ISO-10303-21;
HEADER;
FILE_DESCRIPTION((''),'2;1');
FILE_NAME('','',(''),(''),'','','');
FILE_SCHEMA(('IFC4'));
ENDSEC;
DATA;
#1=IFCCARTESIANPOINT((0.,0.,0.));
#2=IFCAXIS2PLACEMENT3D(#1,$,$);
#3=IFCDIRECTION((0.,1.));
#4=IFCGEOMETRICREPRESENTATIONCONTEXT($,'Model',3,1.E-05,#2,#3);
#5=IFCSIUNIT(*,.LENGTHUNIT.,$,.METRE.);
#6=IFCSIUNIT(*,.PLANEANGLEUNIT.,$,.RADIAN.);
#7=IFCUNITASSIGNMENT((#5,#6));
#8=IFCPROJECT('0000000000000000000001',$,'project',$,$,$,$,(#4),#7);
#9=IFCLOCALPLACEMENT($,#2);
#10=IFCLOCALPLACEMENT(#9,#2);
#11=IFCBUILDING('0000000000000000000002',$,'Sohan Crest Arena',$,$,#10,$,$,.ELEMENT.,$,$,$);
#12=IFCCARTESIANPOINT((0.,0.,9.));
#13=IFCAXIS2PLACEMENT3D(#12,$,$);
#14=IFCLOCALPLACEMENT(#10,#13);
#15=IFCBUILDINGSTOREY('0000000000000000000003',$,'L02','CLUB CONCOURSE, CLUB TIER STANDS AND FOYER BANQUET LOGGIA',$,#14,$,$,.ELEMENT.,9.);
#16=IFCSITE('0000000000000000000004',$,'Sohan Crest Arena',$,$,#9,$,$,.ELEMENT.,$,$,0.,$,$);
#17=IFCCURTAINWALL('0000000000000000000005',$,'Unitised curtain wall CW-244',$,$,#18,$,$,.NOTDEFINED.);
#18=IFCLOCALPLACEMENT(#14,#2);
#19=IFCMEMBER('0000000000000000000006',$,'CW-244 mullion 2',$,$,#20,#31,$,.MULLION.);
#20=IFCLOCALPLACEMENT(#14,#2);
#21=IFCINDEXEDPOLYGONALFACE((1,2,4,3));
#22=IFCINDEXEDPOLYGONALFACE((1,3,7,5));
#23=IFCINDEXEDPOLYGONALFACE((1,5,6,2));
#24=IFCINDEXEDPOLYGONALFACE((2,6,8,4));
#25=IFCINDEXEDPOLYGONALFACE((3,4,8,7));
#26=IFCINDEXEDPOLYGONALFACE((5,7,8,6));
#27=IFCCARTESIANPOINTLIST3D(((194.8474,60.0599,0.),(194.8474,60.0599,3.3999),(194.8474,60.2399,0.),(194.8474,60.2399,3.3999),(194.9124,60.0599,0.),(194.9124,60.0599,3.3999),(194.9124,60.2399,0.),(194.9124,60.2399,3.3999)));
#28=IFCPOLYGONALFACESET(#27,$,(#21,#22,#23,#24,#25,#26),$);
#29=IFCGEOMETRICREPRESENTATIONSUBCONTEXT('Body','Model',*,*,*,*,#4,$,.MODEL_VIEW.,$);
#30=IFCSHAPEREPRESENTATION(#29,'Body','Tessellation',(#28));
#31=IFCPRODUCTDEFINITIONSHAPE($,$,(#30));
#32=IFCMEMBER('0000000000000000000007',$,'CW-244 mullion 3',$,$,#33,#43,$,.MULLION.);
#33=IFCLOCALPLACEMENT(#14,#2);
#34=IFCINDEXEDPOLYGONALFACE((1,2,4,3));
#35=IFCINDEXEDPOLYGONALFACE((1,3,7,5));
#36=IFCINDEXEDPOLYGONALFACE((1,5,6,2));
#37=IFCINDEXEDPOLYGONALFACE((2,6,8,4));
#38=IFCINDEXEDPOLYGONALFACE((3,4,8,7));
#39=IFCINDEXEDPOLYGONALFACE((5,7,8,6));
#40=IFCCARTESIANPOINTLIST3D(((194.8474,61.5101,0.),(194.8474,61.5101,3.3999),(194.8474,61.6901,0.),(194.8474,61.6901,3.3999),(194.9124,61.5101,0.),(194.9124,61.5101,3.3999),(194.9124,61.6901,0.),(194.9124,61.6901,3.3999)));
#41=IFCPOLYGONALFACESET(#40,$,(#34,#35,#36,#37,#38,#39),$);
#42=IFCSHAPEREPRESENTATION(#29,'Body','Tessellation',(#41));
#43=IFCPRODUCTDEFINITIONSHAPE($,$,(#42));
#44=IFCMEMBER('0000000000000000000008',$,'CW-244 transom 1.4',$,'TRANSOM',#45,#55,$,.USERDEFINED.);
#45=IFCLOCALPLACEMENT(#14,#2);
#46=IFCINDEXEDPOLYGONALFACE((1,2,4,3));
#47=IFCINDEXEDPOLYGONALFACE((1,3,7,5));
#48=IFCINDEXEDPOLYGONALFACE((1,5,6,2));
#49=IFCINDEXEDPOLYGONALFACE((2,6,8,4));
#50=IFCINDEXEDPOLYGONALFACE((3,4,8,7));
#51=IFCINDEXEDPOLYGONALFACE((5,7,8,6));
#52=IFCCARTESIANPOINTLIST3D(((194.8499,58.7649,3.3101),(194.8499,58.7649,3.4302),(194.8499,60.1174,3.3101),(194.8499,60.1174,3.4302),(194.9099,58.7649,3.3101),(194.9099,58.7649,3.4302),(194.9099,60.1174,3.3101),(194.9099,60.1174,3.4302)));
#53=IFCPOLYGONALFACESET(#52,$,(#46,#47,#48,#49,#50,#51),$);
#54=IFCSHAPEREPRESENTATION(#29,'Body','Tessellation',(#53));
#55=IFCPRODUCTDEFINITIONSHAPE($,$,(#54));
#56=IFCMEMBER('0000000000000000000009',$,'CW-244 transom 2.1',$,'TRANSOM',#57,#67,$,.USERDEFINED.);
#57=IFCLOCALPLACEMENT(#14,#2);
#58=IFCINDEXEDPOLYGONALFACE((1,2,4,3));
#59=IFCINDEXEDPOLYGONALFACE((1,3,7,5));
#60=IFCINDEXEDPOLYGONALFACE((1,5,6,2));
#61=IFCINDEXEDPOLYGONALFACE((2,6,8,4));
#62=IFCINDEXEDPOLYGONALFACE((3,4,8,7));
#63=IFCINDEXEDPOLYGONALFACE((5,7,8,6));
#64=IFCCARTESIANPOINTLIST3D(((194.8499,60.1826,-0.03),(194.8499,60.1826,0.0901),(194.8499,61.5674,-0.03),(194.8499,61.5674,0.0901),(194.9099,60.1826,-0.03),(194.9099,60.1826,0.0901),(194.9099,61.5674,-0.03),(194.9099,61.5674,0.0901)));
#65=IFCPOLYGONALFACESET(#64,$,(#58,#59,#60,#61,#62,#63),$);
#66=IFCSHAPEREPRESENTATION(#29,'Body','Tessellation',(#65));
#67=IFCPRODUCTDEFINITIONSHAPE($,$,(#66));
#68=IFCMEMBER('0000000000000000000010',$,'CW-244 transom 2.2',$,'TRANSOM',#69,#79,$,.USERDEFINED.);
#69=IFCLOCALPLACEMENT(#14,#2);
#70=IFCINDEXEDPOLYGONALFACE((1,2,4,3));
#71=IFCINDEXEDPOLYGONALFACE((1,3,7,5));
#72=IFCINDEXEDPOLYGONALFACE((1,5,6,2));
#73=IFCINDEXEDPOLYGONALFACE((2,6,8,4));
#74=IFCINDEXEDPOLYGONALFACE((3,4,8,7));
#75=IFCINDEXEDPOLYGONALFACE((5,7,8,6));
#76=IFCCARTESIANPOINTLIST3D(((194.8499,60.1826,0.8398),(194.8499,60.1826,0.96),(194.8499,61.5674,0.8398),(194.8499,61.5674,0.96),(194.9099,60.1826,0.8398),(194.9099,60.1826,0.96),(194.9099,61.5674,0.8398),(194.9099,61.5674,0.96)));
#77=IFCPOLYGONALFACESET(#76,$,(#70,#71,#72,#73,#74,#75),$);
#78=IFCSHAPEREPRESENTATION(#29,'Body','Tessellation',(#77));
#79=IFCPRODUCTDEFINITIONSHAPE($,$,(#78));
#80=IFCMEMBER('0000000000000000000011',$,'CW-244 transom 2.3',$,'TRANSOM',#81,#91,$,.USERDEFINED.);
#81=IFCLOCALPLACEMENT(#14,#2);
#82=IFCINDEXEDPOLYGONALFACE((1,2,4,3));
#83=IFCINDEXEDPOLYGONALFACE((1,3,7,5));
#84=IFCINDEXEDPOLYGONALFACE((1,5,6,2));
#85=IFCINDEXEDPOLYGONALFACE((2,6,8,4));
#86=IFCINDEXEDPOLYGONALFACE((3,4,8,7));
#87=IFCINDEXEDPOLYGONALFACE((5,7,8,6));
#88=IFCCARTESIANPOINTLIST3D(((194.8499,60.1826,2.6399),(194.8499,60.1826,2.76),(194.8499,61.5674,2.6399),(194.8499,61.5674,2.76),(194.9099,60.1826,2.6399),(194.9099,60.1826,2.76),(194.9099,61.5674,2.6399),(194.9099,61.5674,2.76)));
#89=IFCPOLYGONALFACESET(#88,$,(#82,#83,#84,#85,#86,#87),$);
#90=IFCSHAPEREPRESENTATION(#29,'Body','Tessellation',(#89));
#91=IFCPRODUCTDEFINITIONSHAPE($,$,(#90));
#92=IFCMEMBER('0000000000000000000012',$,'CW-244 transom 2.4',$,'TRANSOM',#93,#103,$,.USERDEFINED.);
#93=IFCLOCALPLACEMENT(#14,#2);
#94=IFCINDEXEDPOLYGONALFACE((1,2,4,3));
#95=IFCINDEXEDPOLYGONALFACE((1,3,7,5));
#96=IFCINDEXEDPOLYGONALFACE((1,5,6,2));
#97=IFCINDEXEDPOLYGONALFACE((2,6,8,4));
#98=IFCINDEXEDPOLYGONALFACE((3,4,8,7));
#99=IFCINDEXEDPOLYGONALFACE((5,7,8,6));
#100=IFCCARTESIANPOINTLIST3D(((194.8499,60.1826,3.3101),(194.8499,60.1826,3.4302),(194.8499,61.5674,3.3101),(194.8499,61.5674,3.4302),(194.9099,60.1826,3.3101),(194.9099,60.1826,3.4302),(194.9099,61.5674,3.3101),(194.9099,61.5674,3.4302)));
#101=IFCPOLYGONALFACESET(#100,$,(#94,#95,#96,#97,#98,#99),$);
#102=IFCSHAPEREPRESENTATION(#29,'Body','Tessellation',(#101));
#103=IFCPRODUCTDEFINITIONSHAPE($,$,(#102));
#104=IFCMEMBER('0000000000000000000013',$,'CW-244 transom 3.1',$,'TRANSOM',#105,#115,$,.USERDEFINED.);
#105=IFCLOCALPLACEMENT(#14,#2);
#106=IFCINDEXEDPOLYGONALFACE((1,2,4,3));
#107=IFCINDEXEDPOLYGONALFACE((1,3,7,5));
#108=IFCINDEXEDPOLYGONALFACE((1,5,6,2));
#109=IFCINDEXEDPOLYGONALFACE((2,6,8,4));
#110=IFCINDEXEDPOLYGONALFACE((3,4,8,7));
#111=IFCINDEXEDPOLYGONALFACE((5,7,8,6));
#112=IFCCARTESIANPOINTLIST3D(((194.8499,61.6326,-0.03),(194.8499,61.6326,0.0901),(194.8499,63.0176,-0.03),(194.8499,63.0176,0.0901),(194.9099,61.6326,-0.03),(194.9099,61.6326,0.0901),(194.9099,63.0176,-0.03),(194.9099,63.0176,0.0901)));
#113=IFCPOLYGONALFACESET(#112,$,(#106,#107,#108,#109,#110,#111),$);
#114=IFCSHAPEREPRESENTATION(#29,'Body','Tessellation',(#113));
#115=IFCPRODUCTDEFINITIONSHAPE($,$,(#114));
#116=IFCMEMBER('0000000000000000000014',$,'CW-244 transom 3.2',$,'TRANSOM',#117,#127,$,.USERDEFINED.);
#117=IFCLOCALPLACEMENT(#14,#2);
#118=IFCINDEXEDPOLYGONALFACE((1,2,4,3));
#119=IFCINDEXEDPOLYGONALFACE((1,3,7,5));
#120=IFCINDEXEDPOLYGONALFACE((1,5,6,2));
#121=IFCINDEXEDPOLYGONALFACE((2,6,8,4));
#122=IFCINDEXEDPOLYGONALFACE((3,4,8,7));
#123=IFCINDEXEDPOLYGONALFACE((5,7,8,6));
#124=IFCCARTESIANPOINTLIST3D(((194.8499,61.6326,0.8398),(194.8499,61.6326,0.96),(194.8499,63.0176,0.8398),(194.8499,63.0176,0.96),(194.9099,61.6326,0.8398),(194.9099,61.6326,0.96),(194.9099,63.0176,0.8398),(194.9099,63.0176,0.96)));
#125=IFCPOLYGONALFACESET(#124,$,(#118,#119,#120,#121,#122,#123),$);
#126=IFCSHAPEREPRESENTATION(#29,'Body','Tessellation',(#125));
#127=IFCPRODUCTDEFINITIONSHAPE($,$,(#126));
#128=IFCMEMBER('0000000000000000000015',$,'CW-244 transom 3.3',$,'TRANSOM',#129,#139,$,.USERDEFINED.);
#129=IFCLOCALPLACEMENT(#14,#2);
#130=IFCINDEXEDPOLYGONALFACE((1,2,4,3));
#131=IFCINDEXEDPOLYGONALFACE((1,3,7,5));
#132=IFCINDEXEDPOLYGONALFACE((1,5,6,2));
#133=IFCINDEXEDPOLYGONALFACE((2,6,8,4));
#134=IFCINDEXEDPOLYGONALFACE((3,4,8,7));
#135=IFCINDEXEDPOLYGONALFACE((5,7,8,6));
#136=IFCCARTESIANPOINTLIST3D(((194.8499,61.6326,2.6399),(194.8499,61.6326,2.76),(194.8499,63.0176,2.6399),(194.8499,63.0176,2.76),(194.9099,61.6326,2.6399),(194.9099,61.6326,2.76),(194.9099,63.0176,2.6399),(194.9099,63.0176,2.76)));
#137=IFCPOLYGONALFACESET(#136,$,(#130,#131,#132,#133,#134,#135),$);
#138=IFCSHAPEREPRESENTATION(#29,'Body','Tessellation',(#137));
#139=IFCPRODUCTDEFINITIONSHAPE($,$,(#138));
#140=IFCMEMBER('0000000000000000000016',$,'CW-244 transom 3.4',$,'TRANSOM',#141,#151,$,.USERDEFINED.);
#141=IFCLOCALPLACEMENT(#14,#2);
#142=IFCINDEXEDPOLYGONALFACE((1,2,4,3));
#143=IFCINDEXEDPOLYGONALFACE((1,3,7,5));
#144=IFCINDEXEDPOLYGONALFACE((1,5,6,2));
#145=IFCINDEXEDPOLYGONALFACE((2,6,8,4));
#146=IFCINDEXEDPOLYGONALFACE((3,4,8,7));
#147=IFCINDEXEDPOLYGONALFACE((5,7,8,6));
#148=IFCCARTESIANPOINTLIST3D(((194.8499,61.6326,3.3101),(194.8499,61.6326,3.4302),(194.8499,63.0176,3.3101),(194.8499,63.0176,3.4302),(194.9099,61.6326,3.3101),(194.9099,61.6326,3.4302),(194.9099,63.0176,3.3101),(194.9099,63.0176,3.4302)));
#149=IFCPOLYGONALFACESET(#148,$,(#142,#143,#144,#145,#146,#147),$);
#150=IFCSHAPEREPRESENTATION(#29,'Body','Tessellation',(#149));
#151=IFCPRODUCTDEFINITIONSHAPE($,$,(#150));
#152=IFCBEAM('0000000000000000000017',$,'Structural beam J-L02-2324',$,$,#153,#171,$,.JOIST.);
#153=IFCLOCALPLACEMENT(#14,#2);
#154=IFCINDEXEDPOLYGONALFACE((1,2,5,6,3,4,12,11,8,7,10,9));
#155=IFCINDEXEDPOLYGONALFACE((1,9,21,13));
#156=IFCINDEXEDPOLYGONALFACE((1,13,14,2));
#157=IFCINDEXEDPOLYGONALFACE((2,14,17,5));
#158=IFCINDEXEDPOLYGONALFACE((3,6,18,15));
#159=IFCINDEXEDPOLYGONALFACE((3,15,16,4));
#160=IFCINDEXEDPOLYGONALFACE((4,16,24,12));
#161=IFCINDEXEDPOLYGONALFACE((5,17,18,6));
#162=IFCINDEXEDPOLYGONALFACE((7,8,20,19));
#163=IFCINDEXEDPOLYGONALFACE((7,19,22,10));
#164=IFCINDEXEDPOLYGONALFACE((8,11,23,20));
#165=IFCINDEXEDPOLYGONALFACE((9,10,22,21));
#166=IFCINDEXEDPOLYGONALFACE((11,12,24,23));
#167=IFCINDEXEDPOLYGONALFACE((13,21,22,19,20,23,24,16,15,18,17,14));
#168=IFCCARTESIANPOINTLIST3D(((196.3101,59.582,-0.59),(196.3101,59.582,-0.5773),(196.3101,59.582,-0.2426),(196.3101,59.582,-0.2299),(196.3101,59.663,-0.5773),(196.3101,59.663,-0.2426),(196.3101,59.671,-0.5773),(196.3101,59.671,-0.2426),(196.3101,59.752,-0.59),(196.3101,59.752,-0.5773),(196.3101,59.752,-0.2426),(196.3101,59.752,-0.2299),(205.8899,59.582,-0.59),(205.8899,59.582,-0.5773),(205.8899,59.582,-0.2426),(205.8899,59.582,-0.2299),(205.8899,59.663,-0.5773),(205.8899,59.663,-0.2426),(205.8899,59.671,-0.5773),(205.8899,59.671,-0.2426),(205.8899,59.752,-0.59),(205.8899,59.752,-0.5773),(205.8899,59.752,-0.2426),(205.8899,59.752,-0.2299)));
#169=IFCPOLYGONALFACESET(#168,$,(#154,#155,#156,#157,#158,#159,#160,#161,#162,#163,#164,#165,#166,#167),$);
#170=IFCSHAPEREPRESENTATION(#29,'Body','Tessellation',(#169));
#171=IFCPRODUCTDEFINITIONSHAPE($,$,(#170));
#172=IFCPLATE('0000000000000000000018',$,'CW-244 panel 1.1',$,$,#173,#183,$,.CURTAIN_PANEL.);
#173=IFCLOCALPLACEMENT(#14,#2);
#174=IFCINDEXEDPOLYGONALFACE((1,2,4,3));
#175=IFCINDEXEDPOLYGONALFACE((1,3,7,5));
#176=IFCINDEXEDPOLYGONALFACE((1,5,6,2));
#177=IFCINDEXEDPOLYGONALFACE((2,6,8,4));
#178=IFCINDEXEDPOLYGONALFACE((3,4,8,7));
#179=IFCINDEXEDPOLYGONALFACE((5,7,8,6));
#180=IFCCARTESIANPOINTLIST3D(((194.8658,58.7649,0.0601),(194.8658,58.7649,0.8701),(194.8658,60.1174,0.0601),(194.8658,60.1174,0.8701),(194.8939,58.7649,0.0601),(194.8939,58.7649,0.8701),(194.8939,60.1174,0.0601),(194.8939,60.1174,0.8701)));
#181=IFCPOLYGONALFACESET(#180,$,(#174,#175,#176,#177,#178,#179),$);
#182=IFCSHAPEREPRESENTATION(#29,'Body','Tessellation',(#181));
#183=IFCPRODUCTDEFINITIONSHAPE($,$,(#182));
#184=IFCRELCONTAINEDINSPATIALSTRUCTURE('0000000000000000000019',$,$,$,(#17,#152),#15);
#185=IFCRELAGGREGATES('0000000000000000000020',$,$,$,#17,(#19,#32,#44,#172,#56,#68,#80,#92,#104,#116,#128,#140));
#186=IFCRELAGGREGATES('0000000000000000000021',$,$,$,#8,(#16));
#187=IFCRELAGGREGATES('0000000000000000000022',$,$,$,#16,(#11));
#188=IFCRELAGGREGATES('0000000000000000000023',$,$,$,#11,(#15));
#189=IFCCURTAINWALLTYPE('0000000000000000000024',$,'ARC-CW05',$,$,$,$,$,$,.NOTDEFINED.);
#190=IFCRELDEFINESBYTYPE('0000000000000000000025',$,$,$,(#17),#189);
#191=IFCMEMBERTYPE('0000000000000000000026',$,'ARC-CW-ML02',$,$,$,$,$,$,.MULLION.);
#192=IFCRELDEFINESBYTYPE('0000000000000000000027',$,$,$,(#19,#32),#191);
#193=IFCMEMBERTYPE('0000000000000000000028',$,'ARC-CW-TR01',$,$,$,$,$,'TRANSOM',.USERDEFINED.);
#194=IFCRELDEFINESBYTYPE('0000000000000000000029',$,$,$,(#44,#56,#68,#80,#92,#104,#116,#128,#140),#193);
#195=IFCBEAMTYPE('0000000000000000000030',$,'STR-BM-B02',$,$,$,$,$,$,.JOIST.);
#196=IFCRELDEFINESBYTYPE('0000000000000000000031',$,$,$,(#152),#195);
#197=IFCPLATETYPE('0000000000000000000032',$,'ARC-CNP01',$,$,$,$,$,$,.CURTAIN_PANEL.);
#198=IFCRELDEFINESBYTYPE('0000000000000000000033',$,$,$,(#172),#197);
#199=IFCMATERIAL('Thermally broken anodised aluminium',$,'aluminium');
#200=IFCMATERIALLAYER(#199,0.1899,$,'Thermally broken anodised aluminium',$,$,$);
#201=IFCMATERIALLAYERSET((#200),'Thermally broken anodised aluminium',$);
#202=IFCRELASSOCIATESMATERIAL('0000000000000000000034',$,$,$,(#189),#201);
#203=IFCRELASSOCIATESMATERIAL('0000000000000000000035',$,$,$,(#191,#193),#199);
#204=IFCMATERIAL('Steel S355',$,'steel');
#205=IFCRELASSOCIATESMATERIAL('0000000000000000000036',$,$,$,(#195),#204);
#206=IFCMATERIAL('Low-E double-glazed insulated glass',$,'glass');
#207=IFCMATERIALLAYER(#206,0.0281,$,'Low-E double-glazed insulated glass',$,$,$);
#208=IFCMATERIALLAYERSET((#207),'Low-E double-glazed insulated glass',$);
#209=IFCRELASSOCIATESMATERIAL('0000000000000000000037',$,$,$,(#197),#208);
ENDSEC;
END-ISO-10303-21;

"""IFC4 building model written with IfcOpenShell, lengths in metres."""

from ifc_helpers import new_model, si_unit, direction, frame, origin, origin_2d, place, context, subcontext, project, spatial, rectangle, i_section, extrude, material, layer, layer_set, material_profile, profile_set, type_object, element, aggregate, save


model = new_model("IFC4")

# Units and contexts
model_context = context("Model", 3, precision=1e-05, world=origin(), true_north=direction((0.0, 1.0)))
body_context = subcontext(model_context, "Body", "Model", "MODEL_VIEW")
ifc_project = project(units=[si_unit("LENGTHUNIT", "METRE"), si_unit("PLANEANGLEUNIT", "RADIAN")], contexts=[model_context])

# Site, building, storey
site_placement = place(None, origin())
site = spatial("IfcSite", under=ifc_project, at=site_placement, Name="Sohan Crest Arena", CompositionType="ELEMENT", RefElevation=0.0)
building_placement = place(site_placement, origin())
building = spatial("IfcBuilding", under=site, at=building_placement, Name="Sohan Crest Arena", CompositionType="ELEMENT")
storey_placement = place(building_placement, frame((0.0, 0.0, 9.0)))
storey = spatial("IfcBuildingStorey", under=building, at=storey_placement, Name="L02", Description="CLUB CONCOURSE, CLUB TIER STANDS AND FOYER BANQUET LOGGIA", CompositionType="ELEMENT", Elevation=9.0)

# Curtain wall, members
ifc_material_1 = material(Name="Thermally broken anodised aluminium", Category="aluminium")
ifc_layer_1 = layer(ifc_material_1, 0.1899, Name="Thermally broken anodised aluminium")
ifc_layer_set_1 = layer_set([ifc_layer_1], Name="Thermally broken anodised aluminium")
curtain_wall_type = type_object("IfcCurtainWallType", Name="ARC-CW05", PredefinedType="NOTDEFINED", material=ifc_layer_set_1)
curtain_wall_placement = place(storey_placement, origin())
curtain_wall = element("IfcCurtainWall", 1, at=curtain_wall_placement, inside=storey, type_object=curtain_wall_type, Name="Unitised curtain wall CW-244", PredefinedType="NOTDEFINED")
ifc_material_profile_1 = material_profile(ifc_material_1, rectangle(XDim=0.0649, YDim=0.1799, at=origin_2d()), Name="ALU-MULL 65x180")
ifc_profile_set_1 = profile_set([ifc_material_profile_1], Name="Thermally broken anodised aluminium")
member_type_1 = type_object("IfcMemberType", Name="ARC-CW-ML02", PredefinedType="MULLION", material=ifc_profile_set_1)
member_1_placement = place(storey_placement, frame((194.8799, 60.1499, 0.0), z_axis=(0.0, 0.0, 1.0), x_axis=(-1.0, 0.0, 0.0)))
member_1 = element("IfcMember", 2, at=member_1_placement, type_object=member_type_1, Name="CW-244 mullion 2", PredefinedType="MULLION", context=body_context, shape_type="SweptSolid", body=[
    extrude(rectangle(XDim=0.0649, YDim=0.1799, at=origin_2d()), origin(), (0.0, 0.0, 1.0), 3.3999),
])
member_2_placement = place(storey_placement, frame((194.8799, 61.6001, 0.0), z_axis=(0.0, 0.0, 1.0), x_axis=(-1.0, 0.0, 0.0)))
member_2 = element("IfcMember", 3, at=member_2_placement, type_object=member_type_1, Name="CW-244 mullion 3", PredefinedType="MULLION", context=body_context, shape_type="SweptSolid", body=[
    extrude(rectangle(XDim=0.0649, YDim=0.1799, at=origin_2d()), origin(), (0.0, 0.0, 1.0), 3.3999),
])
ifc_material_profile_2 = material_profile(ifc_material_1, rectangle(XDim=0.0601, YDim=0.1201, at=origin_2d()), Name="ALU-TRAN 60x120")
ifc_profile_set_2 = profile_set([ifc_material_profile_2], Name="Thermally broken anodised aluminium")
member_type_2 = type_object("IfcMemberType", Name="ARC-CW-TR01", ElementType="TRANSOM", PredefinedType="USERDEFINED", material=ifc_profile_set_2)
member_3_placement = place(storey_placement, frame((194.8799, 58.7649, 3.3701), z_axis=(0.0, 1.0, 0.0), x_axis=(-1.0, 0.0, 0.0)))
member_3 = element("IfcMember", 4, at=member_3_placement, type_object=member_type_2, Name="CW-244 transom 1.4", ObjectType="TRANSOM", PredefinedType="USERDEFINED", context=body_context, shape_type="SweptSolid", body=[
    extrude(rectangle(XDim=0.0601, YDim=0.1201, at=origin_2d()), origin(), (0.0, 0.0, 1.0), 1.3525),
])
member_4_placement = place(storey_placement, frame((194.8799, 60.1826, 0.03), z_axis=(0.0, 1.0, 0.0), x_axis=(-1.0, 0.0, 0.0)))
member_4 = element("IfcMember", 5, at=member_4_placement, type_object=member_type_2, Name="CW-244 transom 2.1", ObjectType="TRANSOM", PredefinedType="USERDEFINED", context=body_context, shape_type="SweptSolid", body=[
    extrude(rectangle(XDim=0.0601, YDim=0.1201, at=origin_2d()), origin(), (0.0, 0.0, 1.0), 1.3848),
])
member_5_placement = place(storey_placement, frame((194.8799, 60.1826, 0.8999), z_axis=(0.0, 1.0, 0.0), x_axis=(-1.0, 0.0, 0.0)))
member_5 = element("IfcMember", 6, at=member_5_placement, type_object=member_type_2, Name="CW-244 transom 2.2", ObjectType="TRANSOM", PredefinedType="USERDEFINED", context=body_context, shape_type="SweptSolid", body=[
    extrude(rectangle(XDim=0.0601, YDim=0.1201, at=origin_2d()), origin(), (0.0, 0.0, 1.0), 1.3848),
])
member_6_placement = place(storey_placement, frame((194.8799, 60.1826, 2.7), z_axis=(0.0, 1.0, 0.0), x_axis=(-1.0, 0.0, 0.0)))
member_6 = element("IfcMember", 7, at=member_6_placement, type_object=member_type_2, Name="CW-244 transom 2.3", ObjectType="TRANSOM", PredefinedType="USERDEFINED", context=body_context, shape_type="SweptSolid", body=[
    extrude(rectangle(XDim=0.0601, YDim=0.1201, at=origin_2d()), origin(), (0.0, 0.0, 1.0), 1.3848),
])
member_7_placement = place(storey_placement, frame((194.8799, 60.1826, 3.3701), z_axis=(0.0, 1.0, 0.0), x_axis=(-1.0, 0.0, 0.0)))
member_7 = element("IfcMember", 8, at=member_7_placement, type_object=member_type_2, Name="CW-244 transom 2.4", ObjectType="TRANSOM", PredefinedType="USERDEFINED", context=body_context, shape_type="SweptSolid", body=[
    extrude(rectangle(XDim=0.0601, YDim=0.1201, at=origin_2d()), origin(), (0.0, 0.0, 1.0), 1.3848),
])
member_8_placement = place(storey_placement, frame((194.8799, 61.6326, 0.03), z_axis=(0.0, 1.0, 0.0), x_axis=(-1.0, 0.0, 0.0)))
member_8 = element("IfcMember", 9, at=member_8_placement, type_object=member_type_2, Name="CW-244 transom 3.1", ObjectType="TRANSOM", PredefinedType="USERDEFINED", context=body_context, shape_type="SweptSolid", body=[
    extrude(rectangle(XDim=0.0601, YDim=0.1201, at=origin_2d()), origin(), (0.0, 0.0, 1.0), 1.385),
])
member_9_placement = place(storey_placement, frame((194.8799, 61.6326, 0.8999), z_axis=(0.0, 1.0, 0.0), x_axis=(-1.0, 0.0, 0.0)))
member_9 = element("IfcMember", 10, at=member_9_placement, type_object=member_type_2, Name="CW-244 transom 3.2", ObjectType="TRANSOM", PredefinedType="USERDEFINED", context=body_context, shape_type="SweptSolid", body=[
    extrude(rectangle(XDim=0.0601, YDim=0.1201, at=origin_2d()), origin(), (0.0, 0.0, 1.0), 1.385),
])
member_10_placement = place(storey_placement, frame((194.8799, 61.6326, 2.7), z_axis=(0.0, 1.0, 0.0), x_axis=(-1.0, 0.0, 0.0)))
member_10 = element("IfcMember", 11, at=member_10_placement, type_object=member_type_2, Name="CW-244 transom 3.3", ObjectType="TRANSOM", PredefinedType="USERDEFINED", context=body_context, shape_type="SweptSolid", body=[
    extrude(rectangle(XDim=0.0601, YDim=0.1201, at=origin_2d()), origin(), (0.0, 0.0, 1.0), 1.385),
])
member_11_placement = place(storey_placement, frame((194.8799, 61.6326, 3.3701), z_axis=(0.0, 1.0, 0.0), x_axis=(-1.0, 0.0, 0.0)))
member_11 = element("IfcMember", 12, at=member_11_placement, type_object=member_type_2, Name="CW-244 transom 3.4", ObjectType="TRANSOM", PredefinedType="USERDEFINED", context=body_context, shape_type="SweptSolid", body=[
    extrude(rectangle(XDim=0.0601, YDim=0.1201, at=origin_2d()), origin(), (0.0, 0.0, 1.0), 1.385),
])

# Beam
ifc_material_2 = material(Name="Steel S355", Category="steel")
ifc_material_profile_3 = material_profile(ifc_material_2, i_section(OverallWidth=0.1699, OverallDepth=0.3601, WebThickness=0.0081, FlangeThickness=0.0127, at=origin_2d()), Name="IPE 360")
ifc_profile_set_3 = profile_set([ifc_material_profile_3], Name="Steel S355")
beam_type = type_object("IfcBeamType", Name="STR-BM-B02", PredefinedType="JOIST", material=ifc_profile_set_3)
beam_placement = place(storey_placement, frame((196.3101, 59.667, -0.4099), z_axis=(1.0, 0.0, 0.0), x_axis=(0.0, 1.0, 0.0)))
element("IfcBeam", 13, at=beam_placement, inside=storey, type_object=beam_type, Name="Structural beam J-L02-2324", PredefinedType="JOIST", context=body_context, shape_type="SweptSolid", body=[
    extrude(i_section(OverallWidth=0.1699, OverallDepth=0.3601, WebThickness=0.0081, FlangeThickness=0.0127, at=origin_2d()), origin(), (0.0, 0.0, 1.0), 9.5798),
])

# Plate
ifc_material_3 = material(Name="Low-E double-glazed insulated glass", Category="glass")
ifc_layer_2 = layer(ifc_material_3, 0.0281, Name="Low-E double-glazed insulated glass")
ifc_layer_set_2 = layer_set([ifc_layer_2], Name="Low-E double-glazed insulated glass")
plate_type = type_object("IfcPlateType", Name="ARC-CNP01", PredefinedType="CURTAIN_PANEL", material=ifc_layer_set_2)
plate_1_placement = place(storey_placement, frame((194.8799, 59.4412, 0.0601), z_axis=(0.0, 0.0, 1.0), x_axis=(0.0, 1.0, 0.0)))
plate_1 = element("IfcPlate", 14, at=plate_1_placement, type_object=plate_type, Name="CW-244 panel 1.1", PredefinedType="CURTAIN_PANEL", context=body_context, shape_type="SweptSolid", body=[
    extrude(rectangle(XDim=1.3525, YDim=0.0281, at=origin_2d()), origin(), (0.0, 0.0, 1.0), 0.8101),
])
aggregate(curtain_wall, [member_1, member_2, member_3, plate_1, member_4, member_5, member_6, member_7, member_8, member_9, member_10, member_11])

save(model, "model.ifc")
